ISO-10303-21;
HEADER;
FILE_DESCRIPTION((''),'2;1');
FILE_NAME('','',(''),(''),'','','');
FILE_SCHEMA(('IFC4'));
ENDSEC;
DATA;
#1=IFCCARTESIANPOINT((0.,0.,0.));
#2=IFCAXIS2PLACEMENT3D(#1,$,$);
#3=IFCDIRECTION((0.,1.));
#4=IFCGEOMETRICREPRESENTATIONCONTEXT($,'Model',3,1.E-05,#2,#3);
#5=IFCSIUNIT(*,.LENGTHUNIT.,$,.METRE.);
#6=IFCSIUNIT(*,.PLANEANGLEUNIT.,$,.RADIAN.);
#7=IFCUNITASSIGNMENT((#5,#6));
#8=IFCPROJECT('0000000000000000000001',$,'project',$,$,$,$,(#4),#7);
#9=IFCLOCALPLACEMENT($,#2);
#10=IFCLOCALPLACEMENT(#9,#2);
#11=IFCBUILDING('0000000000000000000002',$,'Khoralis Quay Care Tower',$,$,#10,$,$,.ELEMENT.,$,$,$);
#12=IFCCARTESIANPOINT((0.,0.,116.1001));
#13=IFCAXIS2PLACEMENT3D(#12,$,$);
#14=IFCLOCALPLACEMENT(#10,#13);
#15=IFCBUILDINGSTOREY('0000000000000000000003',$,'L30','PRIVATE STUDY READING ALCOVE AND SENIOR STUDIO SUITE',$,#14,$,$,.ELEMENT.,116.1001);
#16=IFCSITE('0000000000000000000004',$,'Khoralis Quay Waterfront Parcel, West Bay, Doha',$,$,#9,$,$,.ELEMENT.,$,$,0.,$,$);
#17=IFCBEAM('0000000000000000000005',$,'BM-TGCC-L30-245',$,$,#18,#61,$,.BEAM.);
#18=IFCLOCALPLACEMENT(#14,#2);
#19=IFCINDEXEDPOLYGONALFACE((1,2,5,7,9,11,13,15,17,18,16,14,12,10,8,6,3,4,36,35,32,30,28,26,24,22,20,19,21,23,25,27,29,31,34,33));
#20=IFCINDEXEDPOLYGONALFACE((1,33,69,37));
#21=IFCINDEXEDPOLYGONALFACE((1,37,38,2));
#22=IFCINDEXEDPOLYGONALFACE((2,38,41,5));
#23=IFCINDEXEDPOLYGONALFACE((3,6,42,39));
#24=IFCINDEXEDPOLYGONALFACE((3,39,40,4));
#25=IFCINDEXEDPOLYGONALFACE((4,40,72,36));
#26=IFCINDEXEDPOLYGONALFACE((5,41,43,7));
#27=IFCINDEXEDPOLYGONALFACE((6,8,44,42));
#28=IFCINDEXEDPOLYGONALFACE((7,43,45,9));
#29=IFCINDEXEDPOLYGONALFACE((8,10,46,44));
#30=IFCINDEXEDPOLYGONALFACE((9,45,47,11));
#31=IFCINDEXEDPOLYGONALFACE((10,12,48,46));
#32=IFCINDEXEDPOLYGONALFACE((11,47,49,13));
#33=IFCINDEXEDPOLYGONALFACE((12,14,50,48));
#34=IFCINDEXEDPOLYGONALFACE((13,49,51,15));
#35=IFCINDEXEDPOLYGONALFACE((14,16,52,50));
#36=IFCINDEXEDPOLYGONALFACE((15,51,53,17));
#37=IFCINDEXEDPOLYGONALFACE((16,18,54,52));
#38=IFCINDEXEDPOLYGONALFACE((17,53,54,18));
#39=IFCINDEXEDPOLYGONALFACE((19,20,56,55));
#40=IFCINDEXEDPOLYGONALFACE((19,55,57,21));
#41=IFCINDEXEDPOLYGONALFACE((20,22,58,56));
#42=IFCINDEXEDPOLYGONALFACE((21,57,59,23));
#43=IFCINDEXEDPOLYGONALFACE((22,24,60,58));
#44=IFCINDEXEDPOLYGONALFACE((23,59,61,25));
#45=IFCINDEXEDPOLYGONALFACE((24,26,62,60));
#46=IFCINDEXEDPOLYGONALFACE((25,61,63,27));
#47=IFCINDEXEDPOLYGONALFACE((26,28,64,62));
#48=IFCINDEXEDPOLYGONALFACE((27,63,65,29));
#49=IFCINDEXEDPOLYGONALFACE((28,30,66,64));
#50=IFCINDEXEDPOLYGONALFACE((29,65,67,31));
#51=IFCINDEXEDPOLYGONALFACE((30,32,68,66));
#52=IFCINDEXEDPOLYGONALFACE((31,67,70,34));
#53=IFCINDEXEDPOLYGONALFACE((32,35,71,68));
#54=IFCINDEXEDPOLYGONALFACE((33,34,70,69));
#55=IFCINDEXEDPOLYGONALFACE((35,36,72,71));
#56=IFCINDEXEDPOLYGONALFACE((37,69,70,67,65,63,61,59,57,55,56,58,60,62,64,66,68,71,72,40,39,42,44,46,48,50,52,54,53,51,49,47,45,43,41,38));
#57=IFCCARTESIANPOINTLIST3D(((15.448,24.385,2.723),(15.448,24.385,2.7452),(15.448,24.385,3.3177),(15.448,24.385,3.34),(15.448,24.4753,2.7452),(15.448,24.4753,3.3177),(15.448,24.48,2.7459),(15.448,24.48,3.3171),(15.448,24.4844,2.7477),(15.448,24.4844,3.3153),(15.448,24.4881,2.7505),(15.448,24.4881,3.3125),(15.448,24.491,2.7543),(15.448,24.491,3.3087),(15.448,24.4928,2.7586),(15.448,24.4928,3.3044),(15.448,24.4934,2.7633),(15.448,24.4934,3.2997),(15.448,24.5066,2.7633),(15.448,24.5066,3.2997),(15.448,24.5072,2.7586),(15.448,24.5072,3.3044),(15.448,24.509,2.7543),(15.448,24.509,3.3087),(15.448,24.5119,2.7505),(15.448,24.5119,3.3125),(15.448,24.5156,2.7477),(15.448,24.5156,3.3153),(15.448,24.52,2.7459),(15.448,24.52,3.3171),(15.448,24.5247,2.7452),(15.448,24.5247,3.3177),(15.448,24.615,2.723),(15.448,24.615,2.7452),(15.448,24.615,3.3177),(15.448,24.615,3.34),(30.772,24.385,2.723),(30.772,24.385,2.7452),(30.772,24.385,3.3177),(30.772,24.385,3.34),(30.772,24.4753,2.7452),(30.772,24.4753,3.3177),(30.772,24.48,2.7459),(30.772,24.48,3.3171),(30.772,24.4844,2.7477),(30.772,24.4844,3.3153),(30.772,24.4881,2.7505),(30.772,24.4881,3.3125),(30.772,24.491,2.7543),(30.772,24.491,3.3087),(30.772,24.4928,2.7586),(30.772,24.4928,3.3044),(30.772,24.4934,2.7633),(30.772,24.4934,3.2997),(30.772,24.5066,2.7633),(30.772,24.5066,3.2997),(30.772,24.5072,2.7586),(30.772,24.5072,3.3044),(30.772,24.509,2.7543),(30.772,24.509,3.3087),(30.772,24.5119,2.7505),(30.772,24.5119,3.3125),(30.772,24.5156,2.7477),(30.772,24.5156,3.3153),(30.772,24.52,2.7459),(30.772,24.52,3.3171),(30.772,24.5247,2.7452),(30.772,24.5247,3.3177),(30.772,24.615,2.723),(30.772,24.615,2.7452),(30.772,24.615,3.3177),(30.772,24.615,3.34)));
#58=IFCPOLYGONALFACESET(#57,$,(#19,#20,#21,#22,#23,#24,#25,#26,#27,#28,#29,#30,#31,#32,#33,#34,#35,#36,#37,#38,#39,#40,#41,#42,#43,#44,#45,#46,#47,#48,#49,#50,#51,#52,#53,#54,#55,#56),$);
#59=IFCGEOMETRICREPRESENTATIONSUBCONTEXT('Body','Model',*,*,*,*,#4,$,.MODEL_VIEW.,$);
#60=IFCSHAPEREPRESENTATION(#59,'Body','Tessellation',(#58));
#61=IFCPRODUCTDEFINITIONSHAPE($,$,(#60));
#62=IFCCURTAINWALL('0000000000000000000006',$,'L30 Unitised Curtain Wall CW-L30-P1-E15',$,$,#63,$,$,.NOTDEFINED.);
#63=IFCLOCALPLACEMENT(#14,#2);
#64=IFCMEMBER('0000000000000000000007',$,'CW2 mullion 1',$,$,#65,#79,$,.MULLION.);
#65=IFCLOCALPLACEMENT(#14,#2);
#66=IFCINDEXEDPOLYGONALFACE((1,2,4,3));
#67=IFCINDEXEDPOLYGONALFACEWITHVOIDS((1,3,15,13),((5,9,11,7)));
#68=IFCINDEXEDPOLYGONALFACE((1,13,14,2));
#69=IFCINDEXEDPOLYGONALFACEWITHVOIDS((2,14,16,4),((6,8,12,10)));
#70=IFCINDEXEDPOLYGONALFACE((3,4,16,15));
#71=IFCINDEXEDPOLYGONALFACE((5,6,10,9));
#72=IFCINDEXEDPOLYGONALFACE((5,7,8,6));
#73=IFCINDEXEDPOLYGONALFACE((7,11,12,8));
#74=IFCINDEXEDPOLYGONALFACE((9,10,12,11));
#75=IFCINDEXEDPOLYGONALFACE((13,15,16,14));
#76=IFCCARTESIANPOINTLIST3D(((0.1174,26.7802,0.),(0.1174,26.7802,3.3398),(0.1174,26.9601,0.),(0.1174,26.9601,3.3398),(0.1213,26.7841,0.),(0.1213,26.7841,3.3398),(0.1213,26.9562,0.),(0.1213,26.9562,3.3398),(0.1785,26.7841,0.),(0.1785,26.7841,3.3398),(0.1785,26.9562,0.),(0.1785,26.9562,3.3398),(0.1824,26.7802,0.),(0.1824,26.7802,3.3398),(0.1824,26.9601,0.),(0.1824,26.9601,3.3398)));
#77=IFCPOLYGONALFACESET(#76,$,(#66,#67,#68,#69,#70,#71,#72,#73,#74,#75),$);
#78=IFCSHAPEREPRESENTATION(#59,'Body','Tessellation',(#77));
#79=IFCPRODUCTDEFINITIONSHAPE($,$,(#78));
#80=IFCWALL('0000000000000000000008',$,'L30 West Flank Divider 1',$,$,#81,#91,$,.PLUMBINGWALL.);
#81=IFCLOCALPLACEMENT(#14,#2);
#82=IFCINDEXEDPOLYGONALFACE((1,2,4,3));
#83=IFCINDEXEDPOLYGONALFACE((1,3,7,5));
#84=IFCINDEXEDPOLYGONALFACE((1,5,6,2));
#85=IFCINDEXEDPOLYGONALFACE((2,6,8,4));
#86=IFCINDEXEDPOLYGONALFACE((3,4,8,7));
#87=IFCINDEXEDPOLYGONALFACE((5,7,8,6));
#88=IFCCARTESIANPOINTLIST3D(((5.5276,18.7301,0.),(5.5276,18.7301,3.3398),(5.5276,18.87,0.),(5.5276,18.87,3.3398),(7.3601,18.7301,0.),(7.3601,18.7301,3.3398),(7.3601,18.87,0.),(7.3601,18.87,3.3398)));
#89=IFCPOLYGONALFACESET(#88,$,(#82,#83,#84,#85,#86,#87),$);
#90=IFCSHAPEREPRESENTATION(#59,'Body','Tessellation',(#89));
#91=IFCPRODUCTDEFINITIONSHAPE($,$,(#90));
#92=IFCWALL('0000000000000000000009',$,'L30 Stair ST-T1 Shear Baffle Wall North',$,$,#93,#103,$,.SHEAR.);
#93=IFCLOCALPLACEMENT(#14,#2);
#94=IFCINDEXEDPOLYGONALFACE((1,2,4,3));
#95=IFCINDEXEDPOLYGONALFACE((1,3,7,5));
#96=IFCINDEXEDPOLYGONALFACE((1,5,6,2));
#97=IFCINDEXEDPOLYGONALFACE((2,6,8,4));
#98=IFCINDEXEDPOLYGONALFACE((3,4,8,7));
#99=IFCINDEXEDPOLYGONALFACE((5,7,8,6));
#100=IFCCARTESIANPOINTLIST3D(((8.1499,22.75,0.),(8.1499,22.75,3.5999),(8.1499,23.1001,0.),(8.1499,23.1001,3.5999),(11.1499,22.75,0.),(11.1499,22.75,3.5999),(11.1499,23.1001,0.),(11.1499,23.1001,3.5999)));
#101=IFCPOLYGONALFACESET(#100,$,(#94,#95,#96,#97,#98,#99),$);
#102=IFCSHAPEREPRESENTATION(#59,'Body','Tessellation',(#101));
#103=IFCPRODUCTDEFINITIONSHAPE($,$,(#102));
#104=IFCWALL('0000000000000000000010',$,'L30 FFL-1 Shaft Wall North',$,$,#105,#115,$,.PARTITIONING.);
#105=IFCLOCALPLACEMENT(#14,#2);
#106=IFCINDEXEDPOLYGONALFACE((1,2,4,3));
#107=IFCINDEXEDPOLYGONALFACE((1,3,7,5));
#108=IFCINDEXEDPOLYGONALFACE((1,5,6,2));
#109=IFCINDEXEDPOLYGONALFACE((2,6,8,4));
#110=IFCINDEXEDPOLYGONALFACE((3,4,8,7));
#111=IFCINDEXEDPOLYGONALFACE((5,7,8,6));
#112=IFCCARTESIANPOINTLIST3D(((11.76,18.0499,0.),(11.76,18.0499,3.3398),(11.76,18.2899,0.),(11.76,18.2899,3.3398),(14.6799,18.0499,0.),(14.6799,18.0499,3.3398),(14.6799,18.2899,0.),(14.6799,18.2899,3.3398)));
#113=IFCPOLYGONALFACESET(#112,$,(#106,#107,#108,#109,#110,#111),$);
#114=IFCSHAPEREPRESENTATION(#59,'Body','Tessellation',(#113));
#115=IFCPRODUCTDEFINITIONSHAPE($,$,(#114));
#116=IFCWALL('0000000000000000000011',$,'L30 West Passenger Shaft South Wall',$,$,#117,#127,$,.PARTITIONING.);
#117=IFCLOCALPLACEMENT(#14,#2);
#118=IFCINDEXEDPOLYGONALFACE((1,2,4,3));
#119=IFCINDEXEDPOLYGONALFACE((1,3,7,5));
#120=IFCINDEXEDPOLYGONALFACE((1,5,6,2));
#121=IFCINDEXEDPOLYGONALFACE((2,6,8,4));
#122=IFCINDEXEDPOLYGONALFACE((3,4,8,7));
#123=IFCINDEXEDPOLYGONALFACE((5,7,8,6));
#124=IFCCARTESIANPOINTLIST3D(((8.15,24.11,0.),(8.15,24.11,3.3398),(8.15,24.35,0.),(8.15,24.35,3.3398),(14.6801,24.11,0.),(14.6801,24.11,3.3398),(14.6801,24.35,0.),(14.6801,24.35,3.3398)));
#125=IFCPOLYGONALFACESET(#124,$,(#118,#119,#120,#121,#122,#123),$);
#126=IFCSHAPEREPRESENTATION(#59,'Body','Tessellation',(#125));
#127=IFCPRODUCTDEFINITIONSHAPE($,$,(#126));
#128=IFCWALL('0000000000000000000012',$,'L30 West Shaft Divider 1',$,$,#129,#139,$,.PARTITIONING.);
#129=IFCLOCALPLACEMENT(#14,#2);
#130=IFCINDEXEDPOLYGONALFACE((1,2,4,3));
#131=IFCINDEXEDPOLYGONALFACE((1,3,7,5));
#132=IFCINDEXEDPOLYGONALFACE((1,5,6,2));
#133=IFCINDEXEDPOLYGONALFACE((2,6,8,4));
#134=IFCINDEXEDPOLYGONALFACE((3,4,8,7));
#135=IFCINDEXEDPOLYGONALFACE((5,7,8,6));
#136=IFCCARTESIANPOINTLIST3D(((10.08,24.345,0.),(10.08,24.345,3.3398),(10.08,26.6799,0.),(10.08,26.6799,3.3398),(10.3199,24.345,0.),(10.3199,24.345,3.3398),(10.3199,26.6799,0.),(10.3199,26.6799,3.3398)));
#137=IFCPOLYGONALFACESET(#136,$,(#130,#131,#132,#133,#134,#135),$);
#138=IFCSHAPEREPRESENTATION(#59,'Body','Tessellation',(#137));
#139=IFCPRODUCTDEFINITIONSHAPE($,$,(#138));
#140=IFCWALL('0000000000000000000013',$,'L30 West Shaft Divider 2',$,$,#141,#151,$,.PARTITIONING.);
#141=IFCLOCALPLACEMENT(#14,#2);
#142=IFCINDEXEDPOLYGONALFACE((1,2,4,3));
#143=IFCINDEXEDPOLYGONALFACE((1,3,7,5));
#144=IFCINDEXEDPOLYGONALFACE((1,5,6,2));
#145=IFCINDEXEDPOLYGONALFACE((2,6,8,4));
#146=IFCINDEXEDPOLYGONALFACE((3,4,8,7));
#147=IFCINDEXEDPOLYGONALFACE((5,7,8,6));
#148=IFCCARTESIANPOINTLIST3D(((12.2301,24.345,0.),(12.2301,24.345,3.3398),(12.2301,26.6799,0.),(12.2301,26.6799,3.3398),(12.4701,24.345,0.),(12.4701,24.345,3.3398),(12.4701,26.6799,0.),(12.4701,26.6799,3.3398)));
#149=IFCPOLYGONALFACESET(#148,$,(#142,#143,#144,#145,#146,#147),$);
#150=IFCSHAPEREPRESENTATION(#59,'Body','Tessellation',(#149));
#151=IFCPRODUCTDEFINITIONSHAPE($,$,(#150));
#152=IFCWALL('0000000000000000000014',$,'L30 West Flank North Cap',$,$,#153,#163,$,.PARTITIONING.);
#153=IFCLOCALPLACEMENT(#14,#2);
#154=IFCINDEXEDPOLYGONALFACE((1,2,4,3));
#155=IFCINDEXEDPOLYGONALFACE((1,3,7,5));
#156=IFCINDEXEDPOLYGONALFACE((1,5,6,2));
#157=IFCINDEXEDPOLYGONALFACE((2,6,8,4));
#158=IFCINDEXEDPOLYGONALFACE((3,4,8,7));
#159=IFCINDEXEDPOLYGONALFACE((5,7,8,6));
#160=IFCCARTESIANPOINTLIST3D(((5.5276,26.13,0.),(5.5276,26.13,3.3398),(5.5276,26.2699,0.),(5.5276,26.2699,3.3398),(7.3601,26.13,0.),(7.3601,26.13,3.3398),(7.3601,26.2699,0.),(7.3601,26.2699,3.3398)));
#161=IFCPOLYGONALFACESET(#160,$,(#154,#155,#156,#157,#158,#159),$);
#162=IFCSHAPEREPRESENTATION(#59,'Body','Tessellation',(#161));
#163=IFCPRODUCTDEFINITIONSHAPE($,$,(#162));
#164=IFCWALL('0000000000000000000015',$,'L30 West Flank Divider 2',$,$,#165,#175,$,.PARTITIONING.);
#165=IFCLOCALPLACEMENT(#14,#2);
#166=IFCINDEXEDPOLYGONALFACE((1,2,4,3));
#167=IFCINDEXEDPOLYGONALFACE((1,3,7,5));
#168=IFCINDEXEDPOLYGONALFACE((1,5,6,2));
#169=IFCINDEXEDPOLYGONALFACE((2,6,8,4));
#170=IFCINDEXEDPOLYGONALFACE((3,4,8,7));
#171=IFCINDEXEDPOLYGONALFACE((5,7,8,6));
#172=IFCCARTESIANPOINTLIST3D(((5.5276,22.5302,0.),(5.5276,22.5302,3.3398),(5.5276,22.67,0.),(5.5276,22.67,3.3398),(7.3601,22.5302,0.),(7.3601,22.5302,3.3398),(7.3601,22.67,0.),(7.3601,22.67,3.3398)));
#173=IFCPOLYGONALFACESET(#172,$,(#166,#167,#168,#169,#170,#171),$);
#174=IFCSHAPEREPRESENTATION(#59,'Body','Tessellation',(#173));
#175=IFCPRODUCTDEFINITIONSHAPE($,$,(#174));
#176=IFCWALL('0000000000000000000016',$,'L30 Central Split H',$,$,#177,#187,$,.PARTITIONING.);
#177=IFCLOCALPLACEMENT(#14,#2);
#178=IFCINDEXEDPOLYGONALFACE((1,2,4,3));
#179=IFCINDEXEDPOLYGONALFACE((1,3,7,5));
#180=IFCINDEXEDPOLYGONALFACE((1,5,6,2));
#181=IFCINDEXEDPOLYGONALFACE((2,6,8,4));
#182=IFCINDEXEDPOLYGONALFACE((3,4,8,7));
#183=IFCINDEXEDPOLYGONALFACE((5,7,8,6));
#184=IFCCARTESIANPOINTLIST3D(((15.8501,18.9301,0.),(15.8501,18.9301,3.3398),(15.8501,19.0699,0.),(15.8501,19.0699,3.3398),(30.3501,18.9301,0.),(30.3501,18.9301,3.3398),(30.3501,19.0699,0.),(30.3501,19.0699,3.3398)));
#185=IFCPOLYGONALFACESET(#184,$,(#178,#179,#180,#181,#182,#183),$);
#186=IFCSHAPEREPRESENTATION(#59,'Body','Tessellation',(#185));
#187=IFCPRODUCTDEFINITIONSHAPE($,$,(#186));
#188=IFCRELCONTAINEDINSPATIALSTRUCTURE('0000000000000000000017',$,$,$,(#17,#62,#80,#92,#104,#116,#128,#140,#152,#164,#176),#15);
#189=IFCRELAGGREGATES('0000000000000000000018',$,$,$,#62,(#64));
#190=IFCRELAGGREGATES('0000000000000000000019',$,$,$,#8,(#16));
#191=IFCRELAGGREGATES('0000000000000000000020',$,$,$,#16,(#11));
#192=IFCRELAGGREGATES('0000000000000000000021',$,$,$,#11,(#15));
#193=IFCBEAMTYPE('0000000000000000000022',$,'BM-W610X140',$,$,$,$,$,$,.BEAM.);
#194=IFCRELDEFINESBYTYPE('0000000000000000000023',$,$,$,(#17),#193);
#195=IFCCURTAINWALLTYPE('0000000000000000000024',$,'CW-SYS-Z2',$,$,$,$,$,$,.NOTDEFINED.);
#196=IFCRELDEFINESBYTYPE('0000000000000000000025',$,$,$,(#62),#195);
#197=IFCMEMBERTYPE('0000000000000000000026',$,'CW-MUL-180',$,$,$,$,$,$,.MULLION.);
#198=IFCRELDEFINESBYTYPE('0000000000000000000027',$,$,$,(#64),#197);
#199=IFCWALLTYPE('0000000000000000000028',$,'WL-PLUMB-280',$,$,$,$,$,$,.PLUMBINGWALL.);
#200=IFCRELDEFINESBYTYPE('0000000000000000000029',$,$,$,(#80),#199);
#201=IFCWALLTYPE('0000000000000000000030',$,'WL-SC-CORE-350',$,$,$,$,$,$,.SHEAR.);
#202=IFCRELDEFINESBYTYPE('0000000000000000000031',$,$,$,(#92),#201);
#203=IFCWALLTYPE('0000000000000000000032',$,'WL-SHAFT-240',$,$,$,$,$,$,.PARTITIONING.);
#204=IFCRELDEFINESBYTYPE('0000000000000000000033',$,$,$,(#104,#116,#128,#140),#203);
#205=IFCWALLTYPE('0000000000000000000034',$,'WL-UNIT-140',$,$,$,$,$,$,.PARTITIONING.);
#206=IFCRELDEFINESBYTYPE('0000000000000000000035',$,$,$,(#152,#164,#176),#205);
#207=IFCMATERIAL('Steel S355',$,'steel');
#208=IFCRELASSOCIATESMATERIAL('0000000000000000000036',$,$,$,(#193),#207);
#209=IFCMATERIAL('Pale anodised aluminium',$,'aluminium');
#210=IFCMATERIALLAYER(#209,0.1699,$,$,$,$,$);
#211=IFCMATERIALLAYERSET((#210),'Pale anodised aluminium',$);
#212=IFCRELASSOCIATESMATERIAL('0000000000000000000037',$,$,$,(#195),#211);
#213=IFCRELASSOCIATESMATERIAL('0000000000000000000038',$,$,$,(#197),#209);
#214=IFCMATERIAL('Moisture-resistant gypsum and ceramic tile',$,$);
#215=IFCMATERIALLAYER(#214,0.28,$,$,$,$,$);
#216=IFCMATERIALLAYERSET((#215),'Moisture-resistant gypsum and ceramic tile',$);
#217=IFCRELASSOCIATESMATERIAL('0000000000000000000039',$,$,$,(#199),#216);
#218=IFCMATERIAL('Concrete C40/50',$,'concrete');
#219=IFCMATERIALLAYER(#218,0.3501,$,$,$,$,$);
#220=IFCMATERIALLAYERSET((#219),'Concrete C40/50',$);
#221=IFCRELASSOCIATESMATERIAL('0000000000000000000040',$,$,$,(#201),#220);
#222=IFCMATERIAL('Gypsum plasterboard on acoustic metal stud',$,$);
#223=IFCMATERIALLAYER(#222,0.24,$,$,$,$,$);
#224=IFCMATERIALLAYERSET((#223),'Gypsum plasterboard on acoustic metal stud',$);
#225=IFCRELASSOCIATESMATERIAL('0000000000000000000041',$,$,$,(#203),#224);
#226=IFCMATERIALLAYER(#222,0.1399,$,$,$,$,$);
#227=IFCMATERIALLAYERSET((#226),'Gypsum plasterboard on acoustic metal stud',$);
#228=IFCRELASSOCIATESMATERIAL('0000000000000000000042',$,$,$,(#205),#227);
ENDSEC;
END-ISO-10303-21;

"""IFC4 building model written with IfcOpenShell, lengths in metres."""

from ifc_helpers import new_model, si_unit, direction, frame, frame_2d, origin, origin_2d, place, context, subcontext, project, spatial, rectangle, hollow_rectangle, i_section, extrude, source, transform, mapped, material, layer, layer_set, material_profile, profile_set, type_object, element, aggregate, save


model = new_model("IFC4")

# Units and contexts
model_context = context("Model", 3, precision=1e-05, world=origin(), true_north=direction((0.0, 1.0)))
body_context = subcontext(model_context, "Body", "Model", "MODEL_VIEW")
ifc_project = project(units=[si_unit("LENGTHUNIT", "METRE"), si_unit("PLANEANGLEUNIT", "RADIAN")], contexts=[model_context])

# Site, building, storey
site_placement = place(None, origin())
site = spatial("IfcSite", under=ifc_project, at=site_placement, Name="Khoralis Quay Waterfront Parcel, West Bay, Doha", CompositionType="ELEMENT", RefElevation=0.0)
building_placement = place(site_placement, origin())
building = spatial("IfcBuilding", under=site, at=building_placement, Name="Khoralis Quay Care Tower", CompositionType="ELEMENT")
storey_placement = place(building_placement, frame((0.0, 0.0, 116.1001)))
storey = spatial("IfcBuildingStorey", under=building, at=storey_placement, Name="L30", Description="PRIVATE STUDY READING ALCOVE AND SENIOR STUDIO SUITE", CompositionType="ELEMENT", Elevation=116.1001)

# Beam
ifc_material_1 = material(Name="Steel S355", Category="steel")
ifc_material_profile_1 = material_profile(ifc_material_1, i_section(OverallWidth=0.23, OverallDepth=0.6169, WebThickness=0.0132, FlangeThickness=0.0222, FilletRadius=0.0181, at=origin_2d()), Name="Steel S355")
ifc_profile_set_1 = profile_set([ifc_material_profile_1], Name="Steel S355")
beam_type_1 = type_object("IfcBeamType", Name="BM-W610X140", PredefinedType="BEAM", material=ifc_profile_set_1)
shared_shape_1 = source(origin(), body_context, "Body", "SweptSolid", [
    extrude(i_section(OverallWidth=0.23, OverallDepth=0.6169, WebThickness=0.0132, FlangeThickness=0.0222, FilletRadius=0.0181, at=origin_2d()), origin(), (0.0, 0.0, 1.0), 15.324),
])
beam_1_placement = place(storey_placement, frame((15.448, 24.5, 3.0315), z_axis=(1.0, 0.0, 0.0), x_axis=(0.0, 1.0, 0.0)))
element("IfcBeam", 1, at=beam_1_placement, inside=storey, type_object=beam_type_1, Name="BM-TGCC-L30-245", PredefinedType="BEAM", context=body_context, shape_type="MappedRepresentation", body=[
    mapped(shared_shape_1, transform((0.0, 0.0, 0.0), scale=1.0)),
])

# Curtain wall, member
ifc_material_2 = material(Name="Pale anodised aluminium", Category="aluminium")
ifc_layer_1 = layer(ifc_material_2, 0.1699)
ifc_layer_set_1 = layer_set([ifc_layer_1], Name="Pale anodised aluminium")
curtain_wall_type = type_object("IfcCurtainWallType", Name="CW-SYS-Z2", PredefinedType="NOTDEFINED", material=ifc_layer_set_1)
curtain_wall_placement = place(storey_placement, origin())
curtain_wall = element("IfcCurtainWall", 2, at=curtain_wall_placement, inside=storey, type_object=curtain_wall_type, Name="L30 Unitised Curtain Wall CW-L30-P1-E15", PredefinedType="NOTDEFINED")
ifc_material_profile_2 = material_profile(ifc_material_2, hollow_rectangle(XDim=0.0649, YDim=0.1799, WallThickness=0.0039, at=origin_2d()), Name="Pale anodised aluminium")
ifc_profile_set_2 = profile_set([ifc_material_profile_2], Name="Pale anodised aluminium")
member_type = type_object("IfcMemberType", Name="CW-MUL-180", PredefinedType="MULLION", material=ifc_profile_set_2)
shared_shape_2 = source(origin(), body_context, "Body", "SweptSolid", [
    extrude(hollow_rectangle(XDim=0.0649, YDim=0.1799, WallThickness=0.0039, at=origin_2d()), origin(), (0.0, 0.0, 1.0), 3.3398),
])
member_placement = place(storey_placement, frame((0.1499, 26.8701, 0.0), z_axis=(0.0, 0.0, 1.0), x_axis=(1.0, 0.0, 0.0)))
member = element("IfcMember", 3, at=member_placement, type_object=member_type, Name="CW2 mullion 1", PredefinedType="MULLION", context=body_context, shape_type="MappedRepresentation", body=[
    mapped(shared_shape_2, transform((0.0, 0.0, 0.0), scale=1.0)),
])
aggregate(curtain_wall, [member])

# Walls
ifc_material_3 = material(Name="Moisture-resistant gypsum and ceramic tile")
ifc_layer_2 = layer(ifc_material_3, 0.28)
ifc_layer_set_2 = layer_set([ifc_layer_2], Name="Moisture-resistant gypsum and ceramic tile")
wall_type_1 = type_object("IfcWallType", Name="WL-PLUMB-280", PredefinedType="PLUMBINGWALL", material=ifc_layer_set_2)
wall_1_placement = place(storey_placement, frame((5.5276, 18.8, 0.0), z_axis=(0.0, 0.0, 1.0), x_axis=(1.0, 0.0, 0.0)))
element("IfcWall", 4, at=wall_1_placement, inside=storey, type_object=wall_type_1, Name="L30 West Flank Divider 1", PredefinedType="PLUMBINGWALL", context=body_context, shape_type="SweptSolid", body=[
    extrude(rectangle(XDim=1.8325, YDim=0.1399, at=frame_2d((0.9163, 0.0))), origin(), (0.0, 0.0, 1.0), 3.3398),
])
ifc_material_4 = material(Name="Concrete C40/50", Category="concrete")
ifc_layer_3 = layer(ifc_material_4, 0.3501)
ifc_layer_set_3 = layer_set([ifc_layer_3], Name="Concrete C40/50")
wall_type_2 = type_object("IfcWallType", Name="WL-SC-CORE-350", PredefinedType="SHEAR", material=ifc_layer_set_3)
wall_2_placement = place(storey_placement, frame((8.1499, 22.925, 0.0), z_axis=(0.0, 0.0, 1.0), x_axis=(1.0, 0.0, 0.0)))
element("IfcWall", 5, at=wall_2_placement, inside=storey, type_object=wall_type_2, Name="L30 Stair ST-T1 Shear Baffle Wall North", PredefinedType="SHEAR", context=body_context, shape_type="SweptSolid", body=[
    extrude(rectangle(XDim=3.0, YDim=0.3501, at=frame_2d((1.5, 0.0))), origin(), (0.0, 0.0, 1.0), 3.5999),
])
ifc_material_5 = material(Name="Gypsum plasterboard on acoustic metal stud")
ifc_layer_4 = layer(ifc_material_5, 0.24)
ifc_layer_set_4 = layer_set([ifc_layer_4], Name="Gypsum plasterboard on acoustic metal stud")
wall_type_3 = type_object("IfcWallType", Name="WL-SHAFT-240", PredefinedType="PARTITIONING", material=ifc_layer_set_4)
wall_3_placement = place(storey_placement, frame((11.76, 18.1699, 0.0), z_axis=(0.0, 0.0, 1.0), x_axis=(1.0, 0.0, 0.0)))
element("IfcWall", 6, at=wall_3_placement, inside=storey, type_object=wall_type_3, Name="L30 FFL-1 Shaft Wall North", PredefinedType="PARTITIONING", context=body_context, shape_type="SweptSolid", body=[
    extrude(rectangle(XDim=2.9199, YDim=0.24, at=frame_2d((1.46, 0.0))), origin(), (0.0, 0.0, 1.0), 3.3398),
])
wall_4_placement = place(storey_placement, frame((8.1499, 24.23, 0.0), z_axis=(0.0, 0.0, 1.0), x_axis=(1.0, 0.0, 0.0)))
element("IfcWall", 7, at=wall_4_placement, inside=storey, type_object=wall_type_3, Name="L30 West Passenger Shaft South Wall", PredefinedType="PARTITIONING", context=body_context, shape_type="SweptSolid", body=[
    extrude(rectangle(XDim=6.53, YDim=0.24, at=frame_2d((3.2651, 0.0))), origin(), (0.0, 0.0, 1.0), 3.3398),
])
for number, where, z_axis, x_axis, name in (
    (8, (10.2, 24.345, 0.0), (0.0, 0.0, 1.0), (0.0, 1.0, 0.0), "L30 West Shaft Divider 1"),
    (9, (12.3501, 24.345, 0.0), (0.0, 0.0, 1.0), (0.0, 1.0, 0.0), "L30 West Shaft Divider 2"),
):
    element("IfcWall", number, at=place(storey_placement, frame(where, z_axis=z_axis, x_axis=x_axis)), inside=storey, type_object=wall_type_3, Name=name, PredefinedType="PARTITIONING", context=body_context, shape_type="SweptSolid", body=[
        extrude(rectangle(XDim=2.335, YDim=0.24, at=frame_2d((1.1675, 0.0))), origin(), (0.0, 0.0, 1.0), 3.3398),
    ])
ifc_layer_5 = layer(ifc_material_5, 0.1399)
ifc_layer_set_5 = layer_set([ifc_layer_5], Name="Gypsum plasterboard on acoustic metal stud")
wall_type_4 = type_object("IfcWallType", Name="WL-UNIT-140", PredefinedType="PARTITIONING", material=ifc_layer_set_5)
for number, where, z_axis, x_axis, name in (
    (10, (5.5276, 26.2, 0.0), (0.0, 0.0, 1.0), (1.0, 0.0, 0.0), "L30 West Flank North Cap"),
    (11, (5.5276, 22.6001, 0.0), (0.0, 0.0, 1.0), (1.0, 0.0, 0.0), "L30 West Flank Divider 2"),
):
    element("IfcWall", number, at=place(storey_placement, frame(where, z_axis=z_axis, x_axis=x_axis)), inside=storey, type_object=wall_type_4, Name=name, PredefinedType="PARTITIONING", context=body_context, shape_type="SweptSolid", body=[
        extrude(rectangle(XDim=1.8325, YDim=0.1399, at=frame_2d((0.9163, 0.0))), origin(), (0.0, 0.0, 1.0), 3.3398),
    ])
wall_5_placement = place(storey_placement, frame((15.8501, 19.0, 0.0), z_axis=(0.0, 0.0, 1.0), x_axis=(1.0, 0.0, 0.0)))
element("IfcWall", 12, at=wall_5_placement, inside=storey, type_object=wall_type_4, Name="L30 Central Split H", PredefinedType="PARTITIONING", context=body_context, shape_type="SweptSolid", body=[
    extrude(rectangle(XDim=14.5, YDim=0.1399, at=frame_2d((7.25, 0.0))), origin(), (0.0, 0.0, 1.0), 3.3398),
])

save(model, "model.ifc")
